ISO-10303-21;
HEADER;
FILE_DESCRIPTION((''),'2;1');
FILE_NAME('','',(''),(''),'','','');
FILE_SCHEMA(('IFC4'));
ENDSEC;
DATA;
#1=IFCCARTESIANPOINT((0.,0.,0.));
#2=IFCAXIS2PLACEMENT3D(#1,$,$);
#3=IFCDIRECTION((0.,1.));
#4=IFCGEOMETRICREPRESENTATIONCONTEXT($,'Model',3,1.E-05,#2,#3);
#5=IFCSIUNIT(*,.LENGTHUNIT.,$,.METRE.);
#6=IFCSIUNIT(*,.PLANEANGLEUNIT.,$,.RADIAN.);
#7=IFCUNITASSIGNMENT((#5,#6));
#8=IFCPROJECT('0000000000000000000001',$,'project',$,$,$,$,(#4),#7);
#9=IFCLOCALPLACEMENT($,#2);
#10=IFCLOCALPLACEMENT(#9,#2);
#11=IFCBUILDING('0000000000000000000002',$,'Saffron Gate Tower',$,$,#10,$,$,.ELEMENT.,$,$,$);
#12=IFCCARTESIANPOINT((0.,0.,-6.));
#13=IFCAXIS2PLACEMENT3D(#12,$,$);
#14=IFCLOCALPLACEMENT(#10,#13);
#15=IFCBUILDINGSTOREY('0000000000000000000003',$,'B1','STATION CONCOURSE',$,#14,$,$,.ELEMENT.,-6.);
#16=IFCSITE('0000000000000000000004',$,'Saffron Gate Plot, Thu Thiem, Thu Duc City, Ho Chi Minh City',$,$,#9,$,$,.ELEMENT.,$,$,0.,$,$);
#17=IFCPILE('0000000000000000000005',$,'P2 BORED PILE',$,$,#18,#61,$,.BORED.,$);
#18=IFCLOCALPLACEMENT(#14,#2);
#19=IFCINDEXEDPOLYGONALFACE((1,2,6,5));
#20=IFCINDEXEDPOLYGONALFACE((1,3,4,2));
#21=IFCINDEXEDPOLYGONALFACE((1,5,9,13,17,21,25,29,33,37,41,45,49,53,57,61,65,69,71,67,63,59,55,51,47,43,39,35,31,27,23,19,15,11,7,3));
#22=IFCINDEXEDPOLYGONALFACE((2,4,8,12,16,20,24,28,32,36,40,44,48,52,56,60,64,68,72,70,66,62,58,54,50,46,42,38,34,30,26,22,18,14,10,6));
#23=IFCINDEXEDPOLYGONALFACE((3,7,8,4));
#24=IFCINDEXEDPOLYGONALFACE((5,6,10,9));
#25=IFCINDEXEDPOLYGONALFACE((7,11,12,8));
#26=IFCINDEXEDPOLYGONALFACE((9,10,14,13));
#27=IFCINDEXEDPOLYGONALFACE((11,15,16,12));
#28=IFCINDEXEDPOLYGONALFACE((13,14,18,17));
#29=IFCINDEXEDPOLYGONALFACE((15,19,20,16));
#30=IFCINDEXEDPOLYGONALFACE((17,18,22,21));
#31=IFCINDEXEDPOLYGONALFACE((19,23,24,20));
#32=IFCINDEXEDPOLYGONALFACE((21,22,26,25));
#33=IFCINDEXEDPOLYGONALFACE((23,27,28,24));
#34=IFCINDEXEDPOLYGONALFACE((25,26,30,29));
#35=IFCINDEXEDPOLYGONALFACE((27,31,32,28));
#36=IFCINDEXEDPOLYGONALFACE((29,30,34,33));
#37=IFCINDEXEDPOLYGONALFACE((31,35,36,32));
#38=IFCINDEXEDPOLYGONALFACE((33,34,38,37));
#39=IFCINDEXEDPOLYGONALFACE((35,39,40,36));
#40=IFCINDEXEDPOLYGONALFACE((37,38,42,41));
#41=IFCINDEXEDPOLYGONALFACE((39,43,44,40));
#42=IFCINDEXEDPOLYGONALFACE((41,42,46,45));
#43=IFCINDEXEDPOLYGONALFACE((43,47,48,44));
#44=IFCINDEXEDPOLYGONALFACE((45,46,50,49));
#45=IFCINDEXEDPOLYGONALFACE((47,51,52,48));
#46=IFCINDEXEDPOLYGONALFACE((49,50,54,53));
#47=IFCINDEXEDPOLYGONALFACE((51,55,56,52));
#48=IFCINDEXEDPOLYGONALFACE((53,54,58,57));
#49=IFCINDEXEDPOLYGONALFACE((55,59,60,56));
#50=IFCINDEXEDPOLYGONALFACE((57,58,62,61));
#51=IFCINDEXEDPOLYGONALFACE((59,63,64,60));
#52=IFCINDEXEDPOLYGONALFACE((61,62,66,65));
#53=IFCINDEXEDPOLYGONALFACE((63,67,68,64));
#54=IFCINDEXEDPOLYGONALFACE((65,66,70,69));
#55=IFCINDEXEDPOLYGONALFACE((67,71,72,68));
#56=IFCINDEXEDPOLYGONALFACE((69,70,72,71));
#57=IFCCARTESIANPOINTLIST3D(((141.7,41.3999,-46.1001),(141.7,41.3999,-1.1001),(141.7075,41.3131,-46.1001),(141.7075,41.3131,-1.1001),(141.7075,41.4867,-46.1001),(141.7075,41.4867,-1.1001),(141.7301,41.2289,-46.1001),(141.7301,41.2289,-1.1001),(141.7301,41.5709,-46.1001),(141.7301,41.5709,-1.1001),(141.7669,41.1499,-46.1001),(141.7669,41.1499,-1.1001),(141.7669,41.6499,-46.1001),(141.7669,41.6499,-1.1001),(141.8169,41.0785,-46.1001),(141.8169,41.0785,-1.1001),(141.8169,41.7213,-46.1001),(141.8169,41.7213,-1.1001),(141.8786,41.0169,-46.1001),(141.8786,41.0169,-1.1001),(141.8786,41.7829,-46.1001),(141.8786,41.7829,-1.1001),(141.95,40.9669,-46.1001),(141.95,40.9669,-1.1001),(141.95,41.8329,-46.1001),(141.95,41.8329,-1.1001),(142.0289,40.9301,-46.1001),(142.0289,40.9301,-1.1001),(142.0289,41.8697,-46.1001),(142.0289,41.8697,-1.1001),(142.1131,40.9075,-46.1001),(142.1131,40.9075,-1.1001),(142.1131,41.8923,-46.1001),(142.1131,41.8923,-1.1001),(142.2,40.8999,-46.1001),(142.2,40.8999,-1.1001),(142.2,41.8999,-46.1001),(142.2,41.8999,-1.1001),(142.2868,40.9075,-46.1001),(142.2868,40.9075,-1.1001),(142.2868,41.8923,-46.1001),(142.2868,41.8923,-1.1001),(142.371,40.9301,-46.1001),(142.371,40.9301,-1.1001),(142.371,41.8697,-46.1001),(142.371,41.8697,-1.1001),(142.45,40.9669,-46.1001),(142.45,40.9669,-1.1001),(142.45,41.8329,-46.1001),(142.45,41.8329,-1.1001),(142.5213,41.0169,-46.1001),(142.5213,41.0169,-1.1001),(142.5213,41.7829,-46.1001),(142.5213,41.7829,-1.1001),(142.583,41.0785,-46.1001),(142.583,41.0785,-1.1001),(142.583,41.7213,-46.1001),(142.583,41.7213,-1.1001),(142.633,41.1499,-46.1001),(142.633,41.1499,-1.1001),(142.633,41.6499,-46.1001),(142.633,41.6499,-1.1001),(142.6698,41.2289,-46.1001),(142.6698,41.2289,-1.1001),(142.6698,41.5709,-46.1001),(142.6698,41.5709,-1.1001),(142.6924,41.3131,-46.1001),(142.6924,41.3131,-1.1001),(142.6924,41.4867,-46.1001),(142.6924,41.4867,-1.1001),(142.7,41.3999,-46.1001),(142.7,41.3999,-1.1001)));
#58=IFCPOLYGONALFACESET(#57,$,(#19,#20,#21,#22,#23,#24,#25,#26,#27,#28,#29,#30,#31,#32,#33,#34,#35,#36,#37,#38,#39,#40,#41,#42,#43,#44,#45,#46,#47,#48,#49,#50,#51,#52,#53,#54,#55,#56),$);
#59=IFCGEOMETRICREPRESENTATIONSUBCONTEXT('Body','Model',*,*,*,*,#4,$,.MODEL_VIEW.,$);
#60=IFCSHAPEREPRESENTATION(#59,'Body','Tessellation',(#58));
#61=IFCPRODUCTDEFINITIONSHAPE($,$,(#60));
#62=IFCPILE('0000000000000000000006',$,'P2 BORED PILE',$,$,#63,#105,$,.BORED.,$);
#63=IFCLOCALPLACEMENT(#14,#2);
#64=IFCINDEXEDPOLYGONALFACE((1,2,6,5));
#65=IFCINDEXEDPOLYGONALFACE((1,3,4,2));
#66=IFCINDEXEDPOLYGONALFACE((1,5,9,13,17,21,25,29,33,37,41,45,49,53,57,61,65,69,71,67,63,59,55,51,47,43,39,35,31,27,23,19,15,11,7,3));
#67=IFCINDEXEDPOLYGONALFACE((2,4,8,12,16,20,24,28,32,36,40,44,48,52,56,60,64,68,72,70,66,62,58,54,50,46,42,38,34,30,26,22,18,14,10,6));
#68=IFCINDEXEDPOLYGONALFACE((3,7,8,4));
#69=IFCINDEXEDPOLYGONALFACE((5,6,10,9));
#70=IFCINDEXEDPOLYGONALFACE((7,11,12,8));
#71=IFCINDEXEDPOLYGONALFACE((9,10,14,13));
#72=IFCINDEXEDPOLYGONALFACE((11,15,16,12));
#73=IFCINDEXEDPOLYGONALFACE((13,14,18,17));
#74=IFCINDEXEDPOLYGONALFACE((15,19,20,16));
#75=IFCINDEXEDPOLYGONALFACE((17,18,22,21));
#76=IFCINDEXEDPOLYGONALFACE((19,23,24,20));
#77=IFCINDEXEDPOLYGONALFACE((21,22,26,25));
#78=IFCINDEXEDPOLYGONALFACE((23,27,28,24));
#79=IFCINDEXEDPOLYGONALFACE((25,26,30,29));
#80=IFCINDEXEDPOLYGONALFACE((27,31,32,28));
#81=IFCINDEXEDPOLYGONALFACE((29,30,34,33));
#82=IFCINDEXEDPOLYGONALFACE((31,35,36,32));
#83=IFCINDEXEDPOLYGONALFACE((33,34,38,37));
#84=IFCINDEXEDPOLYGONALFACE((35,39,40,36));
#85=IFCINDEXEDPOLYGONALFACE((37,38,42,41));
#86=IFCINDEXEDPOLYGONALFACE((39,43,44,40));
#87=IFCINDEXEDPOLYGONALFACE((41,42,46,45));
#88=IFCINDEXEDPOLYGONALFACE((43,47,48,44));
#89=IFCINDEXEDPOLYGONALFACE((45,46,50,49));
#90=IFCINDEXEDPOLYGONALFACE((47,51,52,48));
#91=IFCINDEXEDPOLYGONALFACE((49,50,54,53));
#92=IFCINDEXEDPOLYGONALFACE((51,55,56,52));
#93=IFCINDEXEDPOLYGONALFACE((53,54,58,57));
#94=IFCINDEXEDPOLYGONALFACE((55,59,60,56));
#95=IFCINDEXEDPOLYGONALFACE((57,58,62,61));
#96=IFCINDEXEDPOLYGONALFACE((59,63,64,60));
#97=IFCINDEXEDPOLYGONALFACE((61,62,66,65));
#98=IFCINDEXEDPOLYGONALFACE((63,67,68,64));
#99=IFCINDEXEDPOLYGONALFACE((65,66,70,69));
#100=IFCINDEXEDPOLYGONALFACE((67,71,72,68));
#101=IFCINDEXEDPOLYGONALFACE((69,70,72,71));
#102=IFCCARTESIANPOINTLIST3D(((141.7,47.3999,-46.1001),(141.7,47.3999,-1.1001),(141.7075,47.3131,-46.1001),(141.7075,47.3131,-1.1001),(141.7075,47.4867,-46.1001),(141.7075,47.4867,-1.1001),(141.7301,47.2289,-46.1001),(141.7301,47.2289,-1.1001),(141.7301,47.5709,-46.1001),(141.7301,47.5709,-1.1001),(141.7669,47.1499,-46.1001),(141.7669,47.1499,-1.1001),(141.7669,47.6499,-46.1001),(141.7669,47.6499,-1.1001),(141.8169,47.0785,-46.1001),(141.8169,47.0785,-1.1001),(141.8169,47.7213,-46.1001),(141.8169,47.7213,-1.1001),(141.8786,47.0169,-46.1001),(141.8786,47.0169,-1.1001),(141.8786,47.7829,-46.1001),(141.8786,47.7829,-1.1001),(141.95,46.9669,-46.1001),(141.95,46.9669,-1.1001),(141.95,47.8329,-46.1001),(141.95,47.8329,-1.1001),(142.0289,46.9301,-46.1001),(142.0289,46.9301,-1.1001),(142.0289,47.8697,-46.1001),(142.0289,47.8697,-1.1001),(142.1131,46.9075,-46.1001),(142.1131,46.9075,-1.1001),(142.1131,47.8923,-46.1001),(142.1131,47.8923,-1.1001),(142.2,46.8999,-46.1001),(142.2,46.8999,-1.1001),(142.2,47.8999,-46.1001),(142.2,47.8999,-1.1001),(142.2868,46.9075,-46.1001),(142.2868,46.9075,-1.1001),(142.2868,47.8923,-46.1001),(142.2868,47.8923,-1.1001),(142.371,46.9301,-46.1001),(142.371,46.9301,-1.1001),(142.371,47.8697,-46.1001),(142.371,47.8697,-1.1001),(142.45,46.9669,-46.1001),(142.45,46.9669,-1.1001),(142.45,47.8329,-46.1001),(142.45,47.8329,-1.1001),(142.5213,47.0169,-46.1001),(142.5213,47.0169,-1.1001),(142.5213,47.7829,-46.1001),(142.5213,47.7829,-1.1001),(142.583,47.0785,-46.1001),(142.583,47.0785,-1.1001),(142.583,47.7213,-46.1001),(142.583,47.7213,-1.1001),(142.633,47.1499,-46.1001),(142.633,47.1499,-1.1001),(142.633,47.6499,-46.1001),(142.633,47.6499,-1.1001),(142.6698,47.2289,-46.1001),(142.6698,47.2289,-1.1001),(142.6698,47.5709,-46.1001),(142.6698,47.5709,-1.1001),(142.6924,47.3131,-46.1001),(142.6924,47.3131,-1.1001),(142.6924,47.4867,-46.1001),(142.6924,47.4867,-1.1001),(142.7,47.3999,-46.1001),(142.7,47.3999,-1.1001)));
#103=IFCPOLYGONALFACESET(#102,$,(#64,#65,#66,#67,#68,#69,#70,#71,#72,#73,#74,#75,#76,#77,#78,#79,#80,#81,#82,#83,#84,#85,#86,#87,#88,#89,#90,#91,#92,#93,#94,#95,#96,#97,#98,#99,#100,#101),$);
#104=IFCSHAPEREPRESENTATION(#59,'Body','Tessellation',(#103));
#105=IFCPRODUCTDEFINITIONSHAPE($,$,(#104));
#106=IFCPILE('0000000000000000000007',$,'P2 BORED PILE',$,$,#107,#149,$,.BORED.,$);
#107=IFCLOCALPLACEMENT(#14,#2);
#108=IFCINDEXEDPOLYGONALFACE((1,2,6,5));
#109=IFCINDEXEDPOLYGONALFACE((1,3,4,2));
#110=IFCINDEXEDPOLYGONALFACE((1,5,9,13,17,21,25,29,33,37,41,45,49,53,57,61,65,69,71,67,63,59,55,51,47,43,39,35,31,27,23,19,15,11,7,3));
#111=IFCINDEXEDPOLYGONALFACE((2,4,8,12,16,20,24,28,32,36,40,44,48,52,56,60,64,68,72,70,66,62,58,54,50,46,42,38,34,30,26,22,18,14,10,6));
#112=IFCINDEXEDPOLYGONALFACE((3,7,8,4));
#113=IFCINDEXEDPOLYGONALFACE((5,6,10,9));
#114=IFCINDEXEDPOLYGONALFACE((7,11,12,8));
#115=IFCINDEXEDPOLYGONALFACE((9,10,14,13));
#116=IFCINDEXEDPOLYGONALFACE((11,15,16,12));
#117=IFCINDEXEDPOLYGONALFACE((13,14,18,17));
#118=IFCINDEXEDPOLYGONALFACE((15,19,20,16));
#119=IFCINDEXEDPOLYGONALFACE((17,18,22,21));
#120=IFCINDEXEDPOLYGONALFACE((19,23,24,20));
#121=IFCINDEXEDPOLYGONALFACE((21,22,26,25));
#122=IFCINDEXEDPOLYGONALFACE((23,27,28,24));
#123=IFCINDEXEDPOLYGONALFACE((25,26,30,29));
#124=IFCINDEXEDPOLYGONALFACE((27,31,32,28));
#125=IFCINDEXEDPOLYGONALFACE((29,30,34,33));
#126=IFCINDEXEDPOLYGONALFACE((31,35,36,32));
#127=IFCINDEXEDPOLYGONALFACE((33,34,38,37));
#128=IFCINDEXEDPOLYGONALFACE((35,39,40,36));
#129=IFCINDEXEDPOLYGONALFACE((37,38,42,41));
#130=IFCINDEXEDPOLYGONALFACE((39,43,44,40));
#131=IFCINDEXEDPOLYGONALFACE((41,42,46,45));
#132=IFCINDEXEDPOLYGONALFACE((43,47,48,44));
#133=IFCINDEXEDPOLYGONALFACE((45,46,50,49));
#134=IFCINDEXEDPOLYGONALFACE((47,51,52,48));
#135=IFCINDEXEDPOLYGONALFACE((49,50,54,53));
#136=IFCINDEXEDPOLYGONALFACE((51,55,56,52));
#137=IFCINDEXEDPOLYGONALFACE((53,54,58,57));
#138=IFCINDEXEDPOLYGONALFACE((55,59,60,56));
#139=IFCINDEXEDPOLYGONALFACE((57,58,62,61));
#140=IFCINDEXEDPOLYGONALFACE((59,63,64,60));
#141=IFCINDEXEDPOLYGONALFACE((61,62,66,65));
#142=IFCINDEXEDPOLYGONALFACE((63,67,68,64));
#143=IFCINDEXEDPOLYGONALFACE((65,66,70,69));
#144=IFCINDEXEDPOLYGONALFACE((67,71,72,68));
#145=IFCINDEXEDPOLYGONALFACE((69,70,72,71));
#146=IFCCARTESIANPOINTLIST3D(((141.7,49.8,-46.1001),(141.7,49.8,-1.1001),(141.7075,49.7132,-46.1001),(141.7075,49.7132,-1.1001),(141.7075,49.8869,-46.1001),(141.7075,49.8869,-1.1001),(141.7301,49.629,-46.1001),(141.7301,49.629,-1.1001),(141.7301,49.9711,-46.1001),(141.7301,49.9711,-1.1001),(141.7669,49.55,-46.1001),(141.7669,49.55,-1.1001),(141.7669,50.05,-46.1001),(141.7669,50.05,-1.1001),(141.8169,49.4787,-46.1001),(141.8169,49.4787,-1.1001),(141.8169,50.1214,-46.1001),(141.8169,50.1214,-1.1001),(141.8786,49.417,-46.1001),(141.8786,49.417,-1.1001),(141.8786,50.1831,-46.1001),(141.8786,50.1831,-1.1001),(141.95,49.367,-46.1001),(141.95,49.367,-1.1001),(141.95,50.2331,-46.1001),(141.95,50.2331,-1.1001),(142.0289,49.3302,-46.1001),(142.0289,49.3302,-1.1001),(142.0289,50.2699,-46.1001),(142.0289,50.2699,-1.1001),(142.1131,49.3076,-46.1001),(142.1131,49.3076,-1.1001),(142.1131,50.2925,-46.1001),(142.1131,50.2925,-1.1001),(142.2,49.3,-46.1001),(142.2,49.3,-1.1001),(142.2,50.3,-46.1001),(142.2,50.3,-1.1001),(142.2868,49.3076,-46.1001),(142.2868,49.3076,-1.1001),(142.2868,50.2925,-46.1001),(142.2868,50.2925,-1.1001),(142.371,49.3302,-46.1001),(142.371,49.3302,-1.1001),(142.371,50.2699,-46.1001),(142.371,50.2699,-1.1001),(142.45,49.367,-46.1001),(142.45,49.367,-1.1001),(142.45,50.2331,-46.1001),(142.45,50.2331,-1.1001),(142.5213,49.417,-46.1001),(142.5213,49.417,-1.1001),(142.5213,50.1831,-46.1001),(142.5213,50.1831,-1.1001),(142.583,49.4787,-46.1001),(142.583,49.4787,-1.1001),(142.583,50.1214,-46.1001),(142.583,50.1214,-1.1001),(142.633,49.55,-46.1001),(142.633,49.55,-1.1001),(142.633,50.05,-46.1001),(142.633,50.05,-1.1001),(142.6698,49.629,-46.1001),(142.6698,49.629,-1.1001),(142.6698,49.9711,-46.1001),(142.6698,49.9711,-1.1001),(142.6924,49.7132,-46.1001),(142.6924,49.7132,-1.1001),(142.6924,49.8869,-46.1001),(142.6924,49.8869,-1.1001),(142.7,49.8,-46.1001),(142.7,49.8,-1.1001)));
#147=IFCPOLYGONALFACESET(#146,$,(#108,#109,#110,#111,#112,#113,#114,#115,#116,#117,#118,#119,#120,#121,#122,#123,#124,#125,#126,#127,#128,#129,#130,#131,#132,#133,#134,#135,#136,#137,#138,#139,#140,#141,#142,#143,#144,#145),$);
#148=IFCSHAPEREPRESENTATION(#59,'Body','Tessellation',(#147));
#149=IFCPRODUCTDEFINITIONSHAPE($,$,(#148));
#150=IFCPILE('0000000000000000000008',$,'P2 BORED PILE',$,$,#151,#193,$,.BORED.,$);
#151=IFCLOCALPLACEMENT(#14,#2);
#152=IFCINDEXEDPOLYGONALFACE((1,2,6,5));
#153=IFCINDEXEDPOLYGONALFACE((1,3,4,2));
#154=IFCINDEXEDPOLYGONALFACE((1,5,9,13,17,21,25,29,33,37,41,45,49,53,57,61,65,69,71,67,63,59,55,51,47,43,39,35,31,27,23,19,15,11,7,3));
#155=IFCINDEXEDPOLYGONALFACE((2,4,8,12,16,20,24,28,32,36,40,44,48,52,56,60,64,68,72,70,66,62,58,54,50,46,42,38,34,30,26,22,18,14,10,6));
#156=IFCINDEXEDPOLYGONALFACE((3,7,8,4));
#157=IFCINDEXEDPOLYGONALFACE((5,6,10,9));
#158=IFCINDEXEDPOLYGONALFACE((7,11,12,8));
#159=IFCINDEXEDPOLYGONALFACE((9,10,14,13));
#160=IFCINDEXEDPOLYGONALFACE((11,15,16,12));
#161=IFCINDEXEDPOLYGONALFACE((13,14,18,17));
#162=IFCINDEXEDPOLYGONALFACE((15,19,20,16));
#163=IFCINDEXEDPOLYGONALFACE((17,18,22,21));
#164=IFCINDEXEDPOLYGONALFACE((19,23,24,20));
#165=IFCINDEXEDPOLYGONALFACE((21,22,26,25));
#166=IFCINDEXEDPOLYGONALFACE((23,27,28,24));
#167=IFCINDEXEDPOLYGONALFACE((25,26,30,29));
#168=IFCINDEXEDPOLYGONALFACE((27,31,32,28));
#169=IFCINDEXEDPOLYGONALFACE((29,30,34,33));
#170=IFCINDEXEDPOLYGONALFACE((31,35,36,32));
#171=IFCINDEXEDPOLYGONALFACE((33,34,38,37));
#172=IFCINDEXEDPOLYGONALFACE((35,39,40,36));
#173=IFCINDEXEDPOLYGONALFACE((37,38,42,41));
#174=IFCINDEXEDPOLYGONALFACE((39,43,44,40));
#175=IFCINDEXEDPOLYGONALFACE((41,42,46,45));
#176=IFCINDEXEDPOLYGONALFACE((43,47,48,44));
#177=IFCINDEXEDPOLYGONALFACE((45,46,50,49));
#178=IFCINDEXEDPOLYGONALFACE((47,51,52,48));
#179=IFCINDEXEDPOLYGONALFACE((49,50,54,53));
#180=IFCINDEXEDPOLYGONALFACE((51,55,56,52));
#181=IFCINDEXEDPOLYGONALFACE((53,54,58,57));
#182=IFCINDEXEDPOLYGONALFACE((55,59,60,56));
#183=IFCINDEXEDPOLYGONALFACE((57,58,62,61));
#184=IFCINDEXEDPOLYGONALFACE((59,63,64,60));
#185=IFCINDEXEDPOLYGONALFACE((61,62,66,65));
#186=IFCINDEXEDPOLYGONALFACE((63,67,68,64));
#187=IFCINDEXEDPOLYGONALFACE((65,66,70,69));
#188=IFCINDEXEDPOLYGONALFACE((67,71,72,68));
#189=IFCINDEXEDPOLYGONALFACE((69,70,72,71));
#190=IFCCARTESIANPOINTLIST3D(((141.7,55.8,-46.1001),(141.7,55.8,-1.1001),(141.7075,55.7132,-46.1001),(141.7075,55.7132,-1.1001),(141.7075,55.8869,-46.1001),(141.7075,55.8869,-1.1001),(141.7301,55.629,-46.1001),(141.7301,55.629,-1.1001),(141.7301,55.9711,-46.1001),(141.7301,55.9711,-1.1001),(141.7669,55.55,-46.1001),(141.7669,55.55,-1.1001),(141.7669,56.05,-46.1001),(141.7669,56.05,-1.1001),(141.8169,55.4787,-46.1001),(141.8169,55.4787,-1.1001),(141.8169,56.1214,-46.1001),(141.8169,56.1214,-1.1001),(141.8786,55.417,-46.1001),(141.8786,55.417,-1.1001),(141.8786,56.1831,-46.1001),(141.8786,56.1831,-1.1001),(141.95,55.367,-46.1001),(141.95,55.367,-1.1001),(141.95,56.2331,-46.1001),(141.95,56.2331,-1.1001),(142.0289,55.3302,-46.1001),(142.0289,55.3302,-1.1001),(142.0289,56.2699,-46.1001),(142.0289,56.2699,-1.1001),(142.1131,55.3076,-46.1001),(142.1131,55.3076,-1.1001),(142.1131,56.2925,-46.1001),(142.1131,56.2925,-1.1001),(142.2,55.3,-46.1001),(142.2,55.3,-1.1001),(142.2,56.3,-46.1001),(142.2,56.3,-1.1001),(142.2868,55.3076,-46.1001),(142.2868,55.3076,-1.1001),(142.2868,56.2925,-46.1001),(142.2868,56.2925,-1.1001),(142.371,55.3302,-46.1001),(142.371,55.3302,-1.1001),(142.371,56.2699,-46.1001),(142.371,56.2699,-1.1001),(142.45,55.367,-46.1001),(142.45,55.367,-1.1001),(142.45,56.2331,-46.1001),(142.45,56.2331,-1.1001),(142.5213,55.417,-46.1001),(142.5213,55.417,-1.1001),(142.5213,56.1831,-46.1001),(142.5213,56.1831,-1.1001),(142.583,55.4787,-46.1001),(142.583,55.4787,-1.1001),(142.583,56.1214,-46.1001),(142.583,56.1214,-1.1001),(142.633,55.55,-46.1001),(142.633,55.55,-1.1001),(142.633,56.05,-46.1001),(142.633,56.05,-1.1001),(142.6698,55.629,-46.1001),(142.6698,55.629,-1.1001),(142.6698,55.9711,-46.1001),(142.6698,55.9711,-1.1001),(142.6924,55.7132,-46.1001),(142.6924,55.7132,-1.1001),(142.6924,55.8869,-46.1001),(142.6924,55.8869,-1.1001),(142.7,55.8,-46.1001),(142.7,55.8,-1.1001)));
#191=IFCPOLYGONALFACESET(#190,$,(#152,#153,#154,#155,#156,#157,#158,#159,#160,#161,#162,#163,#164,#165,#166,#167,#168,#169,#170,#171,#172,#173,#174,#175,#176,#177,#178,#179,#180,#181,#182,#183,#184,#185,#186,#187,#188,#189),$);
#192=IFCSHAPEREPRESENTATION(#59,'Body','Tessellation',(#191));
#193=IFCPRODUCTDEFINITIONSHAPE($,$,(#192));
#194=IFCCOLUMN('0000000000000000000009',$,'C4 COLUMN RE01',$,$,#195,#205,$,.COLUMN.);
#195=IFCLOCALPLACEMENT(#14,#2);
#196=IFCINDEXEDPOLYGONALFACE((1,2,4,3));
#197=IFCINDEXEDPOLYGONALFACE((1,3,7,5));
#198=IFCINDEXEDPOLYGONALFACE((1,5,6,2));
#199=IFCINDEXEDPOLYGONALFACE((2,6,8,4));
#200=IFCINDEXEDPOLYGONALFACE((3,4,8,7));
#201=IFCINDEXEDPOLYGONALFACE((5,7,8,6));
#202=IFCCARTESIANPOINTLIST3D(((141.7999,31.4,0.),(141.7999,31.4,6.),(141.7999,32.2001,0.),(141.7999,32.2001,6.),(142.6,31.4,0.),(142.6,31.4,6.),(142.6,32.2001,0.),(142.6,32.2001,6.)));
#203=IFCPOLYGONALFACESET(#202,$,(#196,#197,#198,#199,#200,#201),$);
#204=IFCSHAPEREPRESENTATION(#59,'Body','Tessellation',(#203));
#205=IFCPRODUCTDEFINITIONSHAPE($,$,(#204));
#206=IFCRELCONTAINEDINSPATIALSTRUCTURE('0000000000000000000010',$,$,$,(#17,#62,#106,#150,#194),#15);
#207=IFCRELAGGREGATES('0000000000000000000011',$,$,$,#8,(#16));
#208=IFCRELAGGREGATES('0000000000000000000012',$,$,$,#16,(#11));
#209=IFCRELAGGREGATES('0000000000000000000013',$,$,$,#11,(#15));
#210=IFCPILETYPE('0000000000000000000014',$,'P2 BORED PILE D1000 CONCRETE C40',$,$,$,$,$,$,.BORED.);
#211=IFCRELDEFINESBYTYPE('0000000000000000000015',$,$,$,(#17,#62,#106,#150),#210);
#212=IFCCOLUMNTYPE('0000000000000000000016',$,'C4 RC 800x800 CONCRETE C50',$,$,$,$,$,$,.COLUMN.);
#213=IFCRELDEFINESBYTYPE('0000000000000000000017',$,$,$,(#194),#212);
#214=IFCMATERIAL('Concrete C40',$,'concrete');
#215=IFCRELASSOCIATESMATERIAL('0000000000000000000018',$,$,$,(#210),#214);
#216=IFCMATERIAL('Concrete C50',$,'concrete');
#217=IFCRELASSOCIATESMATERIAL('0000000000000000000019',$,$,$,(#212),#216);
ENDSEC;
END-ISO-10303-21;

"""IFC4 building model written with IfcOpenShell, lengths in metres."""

from ifc_helpers import new_model, si_unit, direction, frame, origin, origin_2d, place, context, subcontext, project, spatial, rectangle, circle, extrude, material, material_profile, profile_set, type_object, element, save


model = new_model("IFC4")

# Units and contexts
model_context = context("Model", 3, precision=1e-05, world=origin(), true_north=direction((0.0, 1.0)))
body_context = subcontext(model_context, "Body", "Model", "MODEL_VIEW")
ifc_project = project(units=[si_unit("LENGTHUNIT", "METRE"), si_unit("PLANEANGLEUNIT", "RADIAN")], contexts=[model_context])

# Site, building, storey
site_placement = place(None, origin())
site = spatial("IfcSite", under=ifc_project, at=site_placement, Name="Saffron Gate Plot, Thu Thiem, Thu Duc City, Ho Chi Minh City", CompositionType="ELEMENT", RefElevation=0.0)
building_placement = place(site_placement, origin())
building = spatial("IfcBuilding", under=site, at=building_placement, Name="Saffron Gate Tower", CompositionType="ELEMENT")
storey_placement = place(building_placement, frame((0.0, 0.0, -6.0)))
storey = spatial("IfcBuildingStorey", under=building, at=storey_placement, Name="B1", Description="STATION CONCOURSE", CompositionType="ELEMENT", Elevation=-6.0)

# Piles
ifc_material_1 = material(Name="Concrete C40", Category="concrete")
ifc_material_profile_1 = material_profile(ifc_material_1, circle(Radius=0.5, at=origin_2d()))
ifc_profile_set_1 = profile_set([ifc_material_profile_1], Name="Concrete C40")
pile_type_1 = type_object("IfcPileType", Name="P2 BORED PILE D1000 CONCRETE C40", PredefinedType="BORED", material=ifc_profile_set_1)
for number, where, z_axis, x_axis, name in (
    (1, (142.2, 41.3999, -1.1001), (0.0, 0.0, -1.0), (1.0, 0.0, 0.0), "P2 BORED PILE"),
    (2, (142.2, 47.3999, -1.1001), (0.0, 0.0, -1.0), (1.0, 0.0, 0.0), "P2 BORED PILE"),
    (3, (142.2, 49.8, -1.1001), (0.0, 0.0, -1.0), (1.0, 0.0, 0.0), "P2 BORED PILE"),
    (4, (142.2, 55.8, -1.1001), (0.0, 0.0, -1.0), (1.0, 0.0, 0.0), "P2 BORED PILE"),
):
    element("IfcPile", number, at=place(storey_placement, frame(where, z_axis=z_axis, x_axis=x_axis)), inside=storey, type_object=pile_type_1, Name=name, PredefinedType="BORED", context=body_context, shape_type="SweptSolid", body=[
        extrude(circle(Radius=0.5, at=origin_2d()), origin(), (0.0, 0.0, 1.0), 45.0),
    ])

# Column
ifc_material_2 = material(Name="Concrete C50", Category="concrete")
ifc_material_profile_2 = material_profile(ifc_material_2, rectangle(XDim=0.8, YDim=0.8, at=origin_2d()))
ifc_profile_set_2 = profile_set([ifc_material_profile_2], Name="Concrete C50")
column_type_1 = type_object("IfcColumnType", Name="C4 RC 800x800 CONCRETE C50", PredefinedType="COLUMN", material=ifc_profile_set_2)
for number, where, z_axis, x_axis, name in (
    (5, (142.2, 31.8, 0.0), (0.0, 0.0, 1.0), (1.0, 0.0, 0.0), "C4 COLUMN RE01"),
):
    element("IfcColumn", number, at=place(storey_placement, frame(where, z_axis=z_axis, x_axis=x_axis)), inside=storey, type_object=column_type_1, Name=name, PredefinedType="COLUMN", context=body_context, shape_type="SweptSolid", body=[
        extrude(rectangle(XDim=0.8, YDim=0.8, at=origin_2d()), origin(), (0.0, 0.0, 1.0), 6.0),
    ])

save(model, "model.ifc")
